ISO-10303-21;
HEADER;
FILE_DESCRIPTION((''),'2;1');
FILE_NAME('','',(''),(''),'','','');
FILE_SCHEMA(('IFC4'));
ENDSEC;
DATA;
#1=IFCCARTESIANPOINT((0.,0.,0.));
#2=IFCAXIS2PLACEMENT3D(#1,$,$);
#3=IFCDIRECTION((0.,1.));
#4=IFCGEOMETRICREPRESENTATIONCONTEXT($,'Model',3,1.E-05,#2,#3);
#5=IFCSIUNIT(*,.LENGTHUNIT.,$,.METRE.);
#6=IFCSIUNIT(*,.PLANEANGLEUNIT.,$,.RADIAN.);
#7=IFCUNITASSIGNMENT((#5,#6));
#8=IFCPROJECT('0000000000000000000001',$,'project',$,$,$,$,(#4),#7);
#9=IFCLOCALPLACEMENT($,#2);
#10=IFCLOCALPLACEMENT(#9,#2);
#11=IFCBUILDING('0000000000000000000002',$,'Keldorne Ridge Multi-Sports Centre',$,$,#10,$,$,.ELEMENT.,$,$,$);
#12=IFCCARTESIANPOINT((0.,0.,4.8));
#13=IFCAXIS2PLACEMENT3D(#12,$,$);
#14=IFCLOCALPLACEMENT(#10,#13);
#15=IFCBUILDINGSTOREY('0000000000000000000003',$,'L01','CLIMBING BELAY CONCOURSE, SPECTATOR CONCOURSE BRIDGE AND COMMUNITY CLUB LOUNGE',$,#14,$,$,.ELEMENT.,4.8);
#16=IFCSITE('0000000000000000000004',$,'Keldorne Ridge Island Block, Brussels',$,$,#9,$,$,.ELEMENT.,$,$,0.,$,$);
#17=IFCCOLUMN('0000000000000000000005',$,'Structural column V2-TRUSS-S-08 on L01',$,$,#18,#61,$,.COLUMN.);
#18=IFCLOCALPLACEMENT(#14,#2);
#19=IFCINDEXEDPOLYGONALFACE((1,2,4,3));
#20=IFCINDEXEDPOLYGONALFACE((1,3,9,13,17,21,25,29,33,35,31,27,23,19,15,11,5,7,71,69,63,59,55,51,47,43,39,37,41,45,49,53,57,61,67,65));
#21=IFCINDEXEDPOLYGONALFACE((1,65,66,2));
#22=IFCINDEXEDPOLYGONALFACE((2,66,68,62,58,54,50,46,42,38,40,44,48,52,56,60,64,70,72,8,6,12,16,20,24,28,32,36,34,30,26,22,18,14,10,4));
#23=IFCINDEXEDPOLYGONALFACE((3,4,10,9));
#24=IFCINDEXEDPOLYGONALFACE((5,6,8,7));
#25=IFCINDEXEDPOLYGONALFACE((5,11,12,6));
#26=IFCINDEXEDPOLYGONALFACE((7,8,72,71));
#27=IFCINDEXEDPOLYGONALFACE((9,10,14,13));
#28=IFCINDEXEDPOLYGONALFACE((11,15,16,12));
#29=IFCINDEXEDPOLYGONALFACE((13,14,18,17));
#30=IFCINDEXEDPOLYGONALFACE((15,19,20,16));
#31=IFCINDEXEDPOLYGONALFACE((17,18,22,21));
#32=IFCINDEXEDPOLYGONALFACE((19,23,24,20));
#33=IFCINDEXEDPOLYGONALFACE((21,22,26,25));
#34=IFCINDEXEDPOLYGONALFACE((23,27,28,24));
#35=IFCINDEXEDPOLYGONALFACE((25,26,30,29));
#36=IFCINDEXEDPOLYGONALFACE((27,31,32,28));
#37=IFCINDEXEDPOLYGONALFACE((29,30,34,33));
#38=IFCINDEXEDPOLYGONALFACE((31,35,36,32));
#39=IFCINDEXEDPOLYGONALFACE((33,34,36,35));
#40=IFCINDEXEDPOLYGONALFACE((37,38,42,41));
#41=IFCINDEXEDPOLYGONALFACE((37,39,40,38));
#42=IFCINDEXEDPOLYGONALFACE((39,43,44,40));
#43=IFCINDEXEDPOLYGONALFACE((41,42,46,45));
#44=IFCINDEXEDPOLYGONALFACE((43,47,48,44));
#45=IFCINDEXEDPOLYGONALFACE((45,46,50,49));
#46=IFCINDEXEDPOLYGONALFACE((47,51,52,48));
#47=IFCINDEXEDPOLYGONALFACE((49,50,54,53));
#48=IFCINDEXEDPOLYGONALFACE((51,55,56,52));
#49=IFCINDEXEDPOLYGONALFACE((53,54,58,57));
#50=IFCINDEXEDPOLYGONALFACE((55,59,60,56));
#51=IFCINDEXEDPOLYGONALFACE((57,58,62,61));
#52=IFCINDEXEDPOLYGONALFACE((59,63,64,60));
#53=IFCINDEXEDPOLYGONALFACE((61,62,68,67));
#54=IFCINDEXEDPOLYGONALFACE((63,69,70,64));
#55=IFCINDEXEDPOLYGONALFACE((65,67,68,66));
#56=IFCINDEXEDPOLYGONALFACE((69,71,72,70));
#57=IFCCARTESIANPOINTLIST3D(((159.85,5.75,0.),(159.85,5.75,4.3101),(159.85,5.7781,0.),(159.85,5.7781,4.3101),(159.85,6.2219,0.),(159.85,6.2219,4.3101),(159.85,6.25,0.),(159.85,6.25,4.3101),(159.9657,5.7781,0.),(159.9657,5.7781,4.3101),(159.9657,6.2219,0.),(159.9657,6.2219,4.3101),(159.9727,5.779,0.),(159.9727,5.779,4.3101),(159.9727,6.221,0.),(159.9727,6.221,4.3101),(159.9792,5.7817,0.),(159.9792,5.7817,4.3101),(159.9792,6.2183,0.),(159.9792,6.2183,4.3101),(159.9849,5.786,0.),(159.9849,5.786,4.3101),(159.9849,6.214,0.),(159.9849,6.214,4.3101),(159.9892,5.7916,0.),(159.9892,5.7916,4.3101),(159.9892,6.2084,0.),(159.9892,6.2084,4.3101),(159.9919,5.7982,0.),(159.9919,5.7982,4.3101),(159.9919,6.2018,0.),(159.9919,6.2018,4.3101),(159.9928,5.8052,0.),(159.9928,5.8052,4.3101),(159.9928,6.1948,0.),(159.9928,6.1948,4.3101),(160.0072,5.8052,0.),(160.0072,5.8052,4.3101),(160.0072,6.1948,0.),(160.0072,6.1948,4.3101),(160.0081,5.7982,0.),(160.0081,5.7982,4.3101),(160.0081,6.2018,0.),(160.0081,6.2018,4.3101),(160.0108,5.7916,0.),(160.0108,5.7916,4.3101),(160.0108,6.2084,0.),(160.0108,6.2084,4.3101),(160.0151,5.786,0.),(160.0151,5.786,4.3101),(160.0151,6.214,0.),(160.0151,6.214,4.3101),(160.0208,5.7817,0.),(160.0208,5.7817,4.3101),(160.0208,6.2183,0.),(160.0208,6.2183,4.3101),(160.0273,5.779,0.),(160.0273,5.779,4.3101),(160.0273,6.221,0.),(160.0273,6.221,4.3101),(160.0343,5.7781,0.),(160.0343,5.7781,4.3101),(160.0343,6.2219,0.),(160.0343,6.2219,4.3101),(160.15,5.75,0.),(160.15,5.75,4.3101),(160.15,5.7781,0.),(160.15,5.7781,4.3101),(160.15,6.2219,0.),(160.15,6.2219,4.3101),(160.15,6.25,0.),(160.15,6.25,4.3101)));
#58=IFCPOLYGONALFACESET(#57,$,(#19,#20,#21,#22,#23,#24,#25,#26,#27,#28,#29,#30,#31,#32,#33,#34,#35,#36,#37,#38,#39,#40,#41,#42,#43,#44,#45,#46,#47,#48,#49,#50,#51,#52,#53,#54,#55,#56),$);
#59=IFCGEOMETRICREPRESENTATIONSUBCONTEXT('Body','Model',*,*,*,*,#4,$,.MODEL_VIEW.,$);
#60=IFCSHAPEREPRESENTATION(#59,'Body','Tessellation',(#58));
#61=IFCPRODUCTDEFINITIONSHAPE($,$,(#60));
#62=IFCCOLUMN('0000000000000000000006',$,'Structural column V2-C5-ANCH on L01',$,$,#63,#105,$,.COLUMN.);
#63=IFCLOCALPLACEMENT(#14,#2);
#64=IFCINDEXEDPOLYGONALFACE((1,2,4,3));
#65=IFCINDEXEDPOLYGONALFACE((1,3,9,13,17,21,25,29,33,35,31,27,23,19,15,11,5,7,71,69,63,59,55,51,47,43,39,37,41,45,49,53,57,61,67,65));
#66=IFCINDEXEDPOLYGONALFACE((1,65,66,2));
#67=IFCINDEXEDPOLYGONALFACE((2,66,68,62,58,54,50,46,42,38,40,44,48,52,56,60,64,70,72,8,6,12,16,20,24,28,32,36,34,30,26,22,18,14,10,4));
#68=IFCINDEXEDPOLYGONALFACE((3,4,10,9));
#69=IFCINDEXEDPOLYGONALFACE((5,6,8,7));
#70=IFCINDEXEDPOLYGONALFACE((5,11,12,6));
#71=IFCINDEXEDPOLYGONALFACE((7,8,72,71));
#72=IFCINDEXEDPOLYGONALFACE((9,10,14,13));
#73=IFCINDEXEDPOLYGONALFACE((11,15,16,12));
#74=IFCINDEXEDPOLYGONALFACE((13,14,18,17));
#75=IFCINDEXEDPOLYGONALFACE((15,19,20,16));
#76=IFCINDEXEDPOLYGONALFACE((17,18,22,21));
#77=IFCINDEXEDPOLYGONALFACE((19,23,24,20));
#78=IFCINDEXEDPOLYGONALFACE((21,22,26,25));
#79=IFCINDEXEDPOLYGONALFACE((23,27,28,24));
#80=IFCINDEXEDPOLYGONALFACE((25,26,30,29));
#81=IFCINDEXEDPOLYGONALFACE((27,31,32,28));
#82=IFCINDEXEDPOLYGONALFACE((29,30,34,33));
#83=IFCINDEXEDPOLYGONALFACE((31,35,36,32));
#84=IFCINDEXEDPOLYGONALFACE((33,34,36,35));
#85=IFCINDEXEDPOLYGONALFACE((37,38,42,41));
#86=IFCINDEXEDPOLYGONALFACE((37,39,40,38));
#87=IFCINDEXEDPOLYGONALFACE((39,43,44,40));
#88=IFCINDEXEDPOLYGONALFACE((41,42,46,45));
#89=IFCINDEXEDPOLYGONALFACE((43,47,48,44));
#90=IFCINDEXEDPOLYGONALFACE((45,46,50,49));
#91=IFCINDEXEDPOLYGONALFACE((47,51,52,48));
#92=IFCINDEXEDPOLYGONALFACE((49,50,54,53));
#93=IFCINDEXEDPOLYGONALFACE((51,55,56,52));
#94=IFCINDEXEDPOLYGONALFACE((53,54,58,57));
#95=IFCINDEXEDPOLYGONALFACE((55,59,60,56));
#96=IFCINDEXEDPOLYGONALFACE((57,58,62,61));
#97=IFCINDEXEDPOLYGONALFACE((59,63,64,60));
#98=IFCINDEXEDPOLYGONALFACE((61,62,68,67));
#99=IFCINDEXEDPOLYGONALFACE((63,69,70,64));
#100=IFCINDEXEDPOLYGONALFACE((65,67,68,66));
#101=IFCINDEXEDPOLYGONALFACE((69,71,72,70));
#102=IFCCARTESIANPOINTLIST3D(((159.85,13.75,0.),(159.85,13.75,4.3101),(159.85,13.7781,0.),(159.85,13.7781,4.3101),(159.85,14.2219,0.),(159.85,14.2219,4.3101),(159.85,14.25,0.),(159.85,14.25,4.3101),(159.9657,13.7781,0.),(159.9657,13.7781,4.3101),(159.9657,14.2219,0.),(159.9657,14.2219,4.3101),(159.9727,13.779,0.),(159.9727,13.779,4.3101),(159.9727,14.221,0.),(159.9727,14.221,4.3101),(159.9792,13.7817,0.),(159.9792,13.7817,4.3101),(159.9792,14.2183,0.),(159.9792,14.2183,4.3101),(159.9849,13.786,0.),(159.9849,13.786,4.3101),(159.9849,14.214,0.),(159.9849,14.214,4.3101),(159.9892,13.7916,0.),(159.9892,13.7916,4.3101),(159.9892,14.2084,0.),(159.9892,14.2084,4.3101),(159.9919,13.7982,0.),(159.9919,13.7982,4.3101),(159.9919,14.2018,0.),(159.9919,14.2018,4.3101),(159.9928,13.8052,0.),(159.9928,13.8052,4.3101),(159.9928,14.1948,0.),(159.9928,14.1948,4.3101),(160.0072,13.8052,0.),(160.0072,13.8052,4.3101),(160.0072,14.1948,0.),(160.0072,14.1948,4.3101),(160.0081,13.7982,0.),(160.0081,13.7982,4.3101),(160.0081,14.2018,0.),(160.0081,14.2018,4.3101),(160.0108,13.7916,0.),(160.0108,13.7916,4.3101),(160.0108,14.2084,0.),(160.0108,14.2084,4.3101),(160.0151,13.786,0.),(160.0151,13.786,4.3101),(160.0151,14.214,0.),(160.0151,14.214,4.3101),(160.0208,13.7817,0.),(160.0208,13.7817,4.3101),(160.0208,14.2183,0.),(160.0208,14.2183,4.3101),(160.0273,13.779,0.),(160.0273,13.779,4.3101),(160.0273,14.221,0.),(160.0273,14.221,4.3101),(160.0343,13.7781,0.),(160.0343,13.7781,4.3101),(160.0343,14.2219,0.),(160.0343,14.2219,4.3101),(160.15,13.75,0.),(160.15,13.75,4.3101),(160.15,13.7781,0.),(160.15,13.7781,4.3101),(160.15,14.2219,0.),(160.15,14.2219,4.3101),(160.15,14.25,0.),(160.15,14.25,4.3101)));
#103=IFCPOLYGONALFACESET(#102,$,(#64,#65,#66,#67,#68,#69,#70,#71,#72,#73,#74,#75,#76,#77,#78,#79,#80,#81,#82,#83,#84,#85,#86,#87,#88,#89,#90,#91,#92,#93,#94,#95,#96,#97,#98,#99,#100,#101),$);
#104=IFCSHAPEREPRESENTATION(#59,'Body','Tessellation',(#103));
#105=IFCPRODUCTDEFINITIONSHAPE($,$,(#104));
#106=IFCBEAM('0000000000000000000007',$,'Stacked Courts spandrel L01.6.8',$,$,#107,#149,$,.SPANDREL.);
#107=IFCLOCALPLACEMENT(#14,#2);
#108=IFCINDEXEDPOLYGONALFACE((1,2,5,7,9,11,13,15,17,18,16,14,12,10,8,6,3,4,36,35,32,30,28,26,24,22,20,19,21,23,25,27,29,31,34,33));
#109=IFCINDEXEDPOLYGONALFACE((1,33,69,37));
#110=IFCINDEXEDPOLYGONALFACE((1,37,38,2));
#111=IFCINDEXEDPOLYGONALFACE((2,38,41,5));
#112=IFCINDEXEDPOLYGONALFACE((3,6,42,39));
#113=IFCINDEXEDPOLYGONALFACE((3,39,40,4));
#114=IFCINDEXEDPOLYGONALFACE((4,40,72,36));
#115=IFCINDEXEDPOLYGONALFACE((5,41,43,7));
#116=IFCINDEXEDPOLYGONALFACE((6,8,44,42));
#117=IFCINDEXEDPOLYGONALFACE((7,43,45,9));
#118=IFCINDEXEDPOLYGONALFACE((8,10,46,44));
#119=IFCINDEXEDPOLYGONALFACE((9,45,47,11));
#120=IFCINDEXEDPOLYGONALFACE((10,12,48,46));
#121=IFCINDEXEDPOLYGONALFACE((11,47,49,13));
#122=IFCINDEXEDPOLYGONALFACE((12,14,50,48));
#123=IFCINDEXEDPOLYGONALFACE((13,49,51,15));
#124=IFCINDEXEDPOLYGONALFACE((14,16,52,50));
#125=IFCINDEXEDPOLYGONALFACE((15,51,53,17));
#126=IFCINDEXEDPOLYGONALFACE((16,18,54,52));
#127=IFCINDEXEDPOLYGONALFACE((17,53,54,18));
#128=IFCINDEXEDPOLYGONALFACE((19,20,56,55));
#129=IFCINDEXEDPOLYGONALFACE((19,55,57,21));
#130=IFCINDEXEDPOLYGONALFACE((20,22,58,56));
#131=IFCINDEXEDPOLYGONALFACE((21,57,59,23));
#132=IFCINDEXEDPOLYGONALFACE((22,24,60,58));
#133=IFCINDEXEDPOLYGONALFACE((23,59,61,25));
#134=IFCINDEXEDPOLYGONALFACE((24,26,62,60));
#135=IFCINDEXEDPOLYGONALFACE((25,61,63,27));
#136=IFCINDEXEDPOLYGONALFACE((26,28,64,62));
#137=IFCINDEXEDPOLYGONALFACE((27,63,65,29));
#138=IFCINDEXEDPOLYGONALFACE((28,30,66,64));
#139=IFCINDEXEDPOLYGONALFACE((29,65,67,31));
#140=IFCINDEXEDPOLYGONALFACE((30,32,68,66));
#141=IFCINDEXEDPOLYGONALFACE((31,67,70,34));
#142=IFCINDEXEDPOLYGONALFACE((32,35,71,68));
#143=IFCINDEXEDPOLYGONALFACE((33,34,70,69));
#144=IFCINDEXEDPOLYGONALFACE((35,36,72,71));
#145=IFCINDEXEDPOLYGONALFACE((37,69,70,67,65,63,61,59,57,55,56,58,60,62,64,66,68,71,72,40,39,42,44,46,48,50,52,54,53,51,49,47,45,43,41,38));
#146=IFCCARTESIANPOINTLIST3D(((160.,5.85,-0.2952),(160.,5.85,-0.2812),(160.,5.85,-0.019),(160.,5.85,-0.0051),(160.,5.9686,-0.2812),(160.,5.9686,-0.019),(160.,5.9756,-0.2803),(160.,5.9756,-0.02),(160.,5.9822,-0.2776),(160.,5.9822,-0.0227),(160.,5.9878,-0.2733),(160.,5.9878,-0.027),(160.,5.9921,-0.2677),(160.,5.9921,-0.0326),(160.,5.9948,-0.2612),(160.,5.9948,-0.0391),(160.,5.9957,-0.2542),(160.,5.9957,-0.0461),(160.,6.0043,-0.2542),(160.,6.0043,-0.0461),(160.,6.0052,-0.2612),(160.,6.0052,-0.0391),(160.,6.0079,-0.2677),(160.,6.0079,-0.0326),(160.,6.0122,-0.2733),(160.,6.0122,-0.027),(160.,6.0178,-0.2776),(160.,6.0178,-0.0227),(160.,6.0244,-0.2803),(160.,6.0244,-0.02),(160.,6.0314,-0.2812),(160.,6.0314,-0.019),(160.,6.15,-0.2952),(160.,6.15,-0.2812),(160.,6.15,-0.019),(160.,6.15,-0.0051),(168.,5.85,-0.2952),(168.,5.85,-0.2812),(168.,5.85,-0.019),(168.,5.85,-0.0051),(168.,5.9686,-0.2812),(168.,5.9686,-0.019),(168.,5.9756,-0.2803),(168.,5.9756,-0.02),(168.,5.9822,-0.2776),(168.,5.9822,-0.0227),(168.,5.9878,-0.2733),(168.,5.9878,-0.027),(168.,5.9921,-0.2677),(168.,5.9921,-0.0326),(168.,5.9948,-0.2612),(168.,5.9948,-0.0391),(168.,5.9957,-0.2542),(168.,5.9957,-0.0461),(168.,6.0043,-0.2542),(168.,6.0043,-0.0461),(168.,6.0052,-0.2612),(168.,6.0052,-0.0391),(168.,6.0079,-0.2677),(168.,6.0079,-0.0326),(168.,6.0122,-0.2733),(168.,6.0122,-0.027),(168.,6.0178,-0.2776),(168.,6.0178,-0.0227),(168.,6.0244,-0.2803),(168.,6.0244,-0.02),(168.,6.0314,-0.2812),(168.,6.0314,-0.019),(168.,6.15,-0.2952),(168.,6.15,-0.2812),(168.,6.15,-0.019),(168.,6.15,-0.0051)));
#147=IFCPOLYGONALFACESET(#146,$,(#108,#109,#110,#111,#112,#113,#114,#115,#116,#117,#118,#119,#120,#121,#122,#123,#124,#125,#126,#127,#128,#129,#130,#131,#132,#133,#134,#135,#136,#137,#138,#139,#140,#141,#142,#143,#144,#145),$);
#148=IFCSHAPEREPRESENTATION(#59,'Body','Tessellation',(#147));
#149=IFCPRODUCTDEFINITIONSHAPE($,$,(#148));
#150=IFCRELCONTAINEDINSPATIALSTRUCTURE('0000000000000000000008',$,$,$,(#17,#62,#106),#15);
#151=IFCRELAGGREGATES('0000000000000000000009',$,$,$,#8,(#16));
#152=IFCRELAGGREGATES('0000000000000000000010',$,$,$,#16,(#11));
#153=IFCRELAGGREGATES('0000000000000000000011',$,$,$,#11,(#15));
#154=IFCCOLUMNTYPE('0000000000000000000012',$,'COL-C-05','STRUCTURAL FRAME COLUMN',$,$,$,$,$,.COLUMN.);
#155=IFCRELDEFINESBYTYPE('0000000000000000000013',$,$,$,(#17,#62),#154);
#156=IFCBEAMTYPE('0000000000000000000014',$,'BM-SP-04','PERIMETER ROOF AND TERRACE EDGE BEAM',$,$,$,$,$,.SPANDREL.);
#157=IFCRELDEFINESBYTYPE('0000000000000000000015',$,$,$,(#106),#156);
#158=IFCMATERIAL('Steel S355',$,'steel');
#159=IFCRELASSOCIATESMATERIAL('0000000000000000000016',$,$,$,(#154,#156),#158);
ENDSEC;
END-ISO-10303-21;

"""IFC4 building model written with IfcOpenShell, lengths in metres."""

from ifc_helpers import new_model, si_unit, direction, frame, origin, origin_2d, place, context, subcontext, project, spatial, i_section, extrude, material, material_profile, profile_set, type_object, element, save


model = new_model("IFC4")

# Units and contexts
model_context = context("Model", 3, precision=1e-05, world=origin(), true_north=direction((0.0, 1.0)))
body_context = subcontext(model_context, "Body", "Model", "MODEL_VIEW")
ifc_project = project(units=[si_unit("LENGTHUNIT", "METRE"), si_unit("PLANEANGLEUNIT", "RADIAN")], contexts=[model_context])

# Site, building, storey
site_placement = place(None, origin())
site = spatial("IfcSite", under=ifc_project, at=site_placement, Name="Keldorne Ridge Island Block, Brussels", CompositionType="ELEMENT", RefElevation=0.0)
building_placement = place(site_placement, origin())
building = spatial("IfcBuilding", under=site, at=building_placement, Name="Keldorne Ridge Multi-Sports Centre", CompositionType="ELEMENT")
storey_placement = place(building_placement, frame((0.0, 0.0, 4.8)))
storey = spatial("IfcBuildingStorey", under=building, at=storey_placement, Name="L01", Description="CLIMBING BELAY CONCOURSE, SPECTATOR CONCOURSE BRIDGE AND COMMUNITY CLUB LOUNGE", CompositionType="ELEMENT", Elevation=4.8)

# Columns
ifc_material_1 = material(Name="Steel S355", Category="steel")
ifc_material_profile_1 = material_profile(ifc_material_1, i_section(OverallWidth=0.3, OverallDepth=0.5, WebThickness=0.0144, FlangeThickness=0.0281, FilletRadius=0.0271, at=origin_2d()), Name="HEB 500")
ifc_profile_set_1 = profile_set([ifc_material_profile_1], Name="Steel S355")
column_type = type_object("IfcColumnType", Name="COL-C-05", Description="STRUCTURAL FRAME COLUMN", PredefinedType="COLUMN", material=ifc_profile_set_1)
for number, where, z_axis, x_axis, name in (
    (1, (160.0, 6.0, 0.0), (0.0, 0.0, 1.0), (1.0, 0.0, 0.0), "Structural column V2-TRUSS-S-08 on L01"),
    (2, (160.0, 14.0, 0.0), (0.0, 0.0, 1.0), (1.0, 0.0, 0.0), "Structural column V2-C5-ANCH on L01"),
):
    element("IfcColumn", number, at=place(storey_placement, frame(where, z_axis=z_axis, x_axis=x_axis)), inside=storey, type_object=column_type, Name=name, PredefinedType="COLUMN", context=body_context, shape_type="SweptSolid", body=[
        extrude(i_section(OverallWidth=0.3, OverallDepth=0.5, WebThickness=0.0144, FlangeThickness=0.0281, FilletRadius=0.0271, at=origin_2d()), origin(), (0.0, 0.0, 1.0), 4.3101),
    ])

# Beam
ifc_material_profile_2 = material_profile(ifc_material_1, i_section(OverallWidth=0.3, OverallDepth=0.29, WebThickness=0.0085, FlangeThickness=0.0139, FilletRadius=0.0271, at=origin_2d()), Name="HEA 300")
ifc_profile_set_2 = profile_set([ifc_material_profile_2], Name="Steel S355")
beam_type = type_object("IfcBeamType", Name="BM-SP-04", Description="PERIMETER ROOF AND TERRACE EDGE BEAM", PredefinedType="SPANDREL", material=ifc_profile_set_2)
beam_placement = place(storey_placement, frame((160.0, 6.0, -0.1501), z_axis=(1.0, 0.0, 0.0), x_axis=(0.0, 1.0, 0.0)))
element("IfcBeam", 3, at=beam_placement, inside=storey, type_object=beam_type, Name="Stacked Courts spandrel L01.6.8", PredefinedType="SPANDREL", context=body_context, shape_type="SweptSolid", body=[
    extrude(i_section(OverallWidth=0.3, OverallDepth=0.29, WebThickness=0.0085, FlangeThickness=0.0139, FilletRadius=0.0271, at=origin_2d()), origin(), (0.0, 0.0, 1.0), 8.0),
])

save(model, "model.ifc")
